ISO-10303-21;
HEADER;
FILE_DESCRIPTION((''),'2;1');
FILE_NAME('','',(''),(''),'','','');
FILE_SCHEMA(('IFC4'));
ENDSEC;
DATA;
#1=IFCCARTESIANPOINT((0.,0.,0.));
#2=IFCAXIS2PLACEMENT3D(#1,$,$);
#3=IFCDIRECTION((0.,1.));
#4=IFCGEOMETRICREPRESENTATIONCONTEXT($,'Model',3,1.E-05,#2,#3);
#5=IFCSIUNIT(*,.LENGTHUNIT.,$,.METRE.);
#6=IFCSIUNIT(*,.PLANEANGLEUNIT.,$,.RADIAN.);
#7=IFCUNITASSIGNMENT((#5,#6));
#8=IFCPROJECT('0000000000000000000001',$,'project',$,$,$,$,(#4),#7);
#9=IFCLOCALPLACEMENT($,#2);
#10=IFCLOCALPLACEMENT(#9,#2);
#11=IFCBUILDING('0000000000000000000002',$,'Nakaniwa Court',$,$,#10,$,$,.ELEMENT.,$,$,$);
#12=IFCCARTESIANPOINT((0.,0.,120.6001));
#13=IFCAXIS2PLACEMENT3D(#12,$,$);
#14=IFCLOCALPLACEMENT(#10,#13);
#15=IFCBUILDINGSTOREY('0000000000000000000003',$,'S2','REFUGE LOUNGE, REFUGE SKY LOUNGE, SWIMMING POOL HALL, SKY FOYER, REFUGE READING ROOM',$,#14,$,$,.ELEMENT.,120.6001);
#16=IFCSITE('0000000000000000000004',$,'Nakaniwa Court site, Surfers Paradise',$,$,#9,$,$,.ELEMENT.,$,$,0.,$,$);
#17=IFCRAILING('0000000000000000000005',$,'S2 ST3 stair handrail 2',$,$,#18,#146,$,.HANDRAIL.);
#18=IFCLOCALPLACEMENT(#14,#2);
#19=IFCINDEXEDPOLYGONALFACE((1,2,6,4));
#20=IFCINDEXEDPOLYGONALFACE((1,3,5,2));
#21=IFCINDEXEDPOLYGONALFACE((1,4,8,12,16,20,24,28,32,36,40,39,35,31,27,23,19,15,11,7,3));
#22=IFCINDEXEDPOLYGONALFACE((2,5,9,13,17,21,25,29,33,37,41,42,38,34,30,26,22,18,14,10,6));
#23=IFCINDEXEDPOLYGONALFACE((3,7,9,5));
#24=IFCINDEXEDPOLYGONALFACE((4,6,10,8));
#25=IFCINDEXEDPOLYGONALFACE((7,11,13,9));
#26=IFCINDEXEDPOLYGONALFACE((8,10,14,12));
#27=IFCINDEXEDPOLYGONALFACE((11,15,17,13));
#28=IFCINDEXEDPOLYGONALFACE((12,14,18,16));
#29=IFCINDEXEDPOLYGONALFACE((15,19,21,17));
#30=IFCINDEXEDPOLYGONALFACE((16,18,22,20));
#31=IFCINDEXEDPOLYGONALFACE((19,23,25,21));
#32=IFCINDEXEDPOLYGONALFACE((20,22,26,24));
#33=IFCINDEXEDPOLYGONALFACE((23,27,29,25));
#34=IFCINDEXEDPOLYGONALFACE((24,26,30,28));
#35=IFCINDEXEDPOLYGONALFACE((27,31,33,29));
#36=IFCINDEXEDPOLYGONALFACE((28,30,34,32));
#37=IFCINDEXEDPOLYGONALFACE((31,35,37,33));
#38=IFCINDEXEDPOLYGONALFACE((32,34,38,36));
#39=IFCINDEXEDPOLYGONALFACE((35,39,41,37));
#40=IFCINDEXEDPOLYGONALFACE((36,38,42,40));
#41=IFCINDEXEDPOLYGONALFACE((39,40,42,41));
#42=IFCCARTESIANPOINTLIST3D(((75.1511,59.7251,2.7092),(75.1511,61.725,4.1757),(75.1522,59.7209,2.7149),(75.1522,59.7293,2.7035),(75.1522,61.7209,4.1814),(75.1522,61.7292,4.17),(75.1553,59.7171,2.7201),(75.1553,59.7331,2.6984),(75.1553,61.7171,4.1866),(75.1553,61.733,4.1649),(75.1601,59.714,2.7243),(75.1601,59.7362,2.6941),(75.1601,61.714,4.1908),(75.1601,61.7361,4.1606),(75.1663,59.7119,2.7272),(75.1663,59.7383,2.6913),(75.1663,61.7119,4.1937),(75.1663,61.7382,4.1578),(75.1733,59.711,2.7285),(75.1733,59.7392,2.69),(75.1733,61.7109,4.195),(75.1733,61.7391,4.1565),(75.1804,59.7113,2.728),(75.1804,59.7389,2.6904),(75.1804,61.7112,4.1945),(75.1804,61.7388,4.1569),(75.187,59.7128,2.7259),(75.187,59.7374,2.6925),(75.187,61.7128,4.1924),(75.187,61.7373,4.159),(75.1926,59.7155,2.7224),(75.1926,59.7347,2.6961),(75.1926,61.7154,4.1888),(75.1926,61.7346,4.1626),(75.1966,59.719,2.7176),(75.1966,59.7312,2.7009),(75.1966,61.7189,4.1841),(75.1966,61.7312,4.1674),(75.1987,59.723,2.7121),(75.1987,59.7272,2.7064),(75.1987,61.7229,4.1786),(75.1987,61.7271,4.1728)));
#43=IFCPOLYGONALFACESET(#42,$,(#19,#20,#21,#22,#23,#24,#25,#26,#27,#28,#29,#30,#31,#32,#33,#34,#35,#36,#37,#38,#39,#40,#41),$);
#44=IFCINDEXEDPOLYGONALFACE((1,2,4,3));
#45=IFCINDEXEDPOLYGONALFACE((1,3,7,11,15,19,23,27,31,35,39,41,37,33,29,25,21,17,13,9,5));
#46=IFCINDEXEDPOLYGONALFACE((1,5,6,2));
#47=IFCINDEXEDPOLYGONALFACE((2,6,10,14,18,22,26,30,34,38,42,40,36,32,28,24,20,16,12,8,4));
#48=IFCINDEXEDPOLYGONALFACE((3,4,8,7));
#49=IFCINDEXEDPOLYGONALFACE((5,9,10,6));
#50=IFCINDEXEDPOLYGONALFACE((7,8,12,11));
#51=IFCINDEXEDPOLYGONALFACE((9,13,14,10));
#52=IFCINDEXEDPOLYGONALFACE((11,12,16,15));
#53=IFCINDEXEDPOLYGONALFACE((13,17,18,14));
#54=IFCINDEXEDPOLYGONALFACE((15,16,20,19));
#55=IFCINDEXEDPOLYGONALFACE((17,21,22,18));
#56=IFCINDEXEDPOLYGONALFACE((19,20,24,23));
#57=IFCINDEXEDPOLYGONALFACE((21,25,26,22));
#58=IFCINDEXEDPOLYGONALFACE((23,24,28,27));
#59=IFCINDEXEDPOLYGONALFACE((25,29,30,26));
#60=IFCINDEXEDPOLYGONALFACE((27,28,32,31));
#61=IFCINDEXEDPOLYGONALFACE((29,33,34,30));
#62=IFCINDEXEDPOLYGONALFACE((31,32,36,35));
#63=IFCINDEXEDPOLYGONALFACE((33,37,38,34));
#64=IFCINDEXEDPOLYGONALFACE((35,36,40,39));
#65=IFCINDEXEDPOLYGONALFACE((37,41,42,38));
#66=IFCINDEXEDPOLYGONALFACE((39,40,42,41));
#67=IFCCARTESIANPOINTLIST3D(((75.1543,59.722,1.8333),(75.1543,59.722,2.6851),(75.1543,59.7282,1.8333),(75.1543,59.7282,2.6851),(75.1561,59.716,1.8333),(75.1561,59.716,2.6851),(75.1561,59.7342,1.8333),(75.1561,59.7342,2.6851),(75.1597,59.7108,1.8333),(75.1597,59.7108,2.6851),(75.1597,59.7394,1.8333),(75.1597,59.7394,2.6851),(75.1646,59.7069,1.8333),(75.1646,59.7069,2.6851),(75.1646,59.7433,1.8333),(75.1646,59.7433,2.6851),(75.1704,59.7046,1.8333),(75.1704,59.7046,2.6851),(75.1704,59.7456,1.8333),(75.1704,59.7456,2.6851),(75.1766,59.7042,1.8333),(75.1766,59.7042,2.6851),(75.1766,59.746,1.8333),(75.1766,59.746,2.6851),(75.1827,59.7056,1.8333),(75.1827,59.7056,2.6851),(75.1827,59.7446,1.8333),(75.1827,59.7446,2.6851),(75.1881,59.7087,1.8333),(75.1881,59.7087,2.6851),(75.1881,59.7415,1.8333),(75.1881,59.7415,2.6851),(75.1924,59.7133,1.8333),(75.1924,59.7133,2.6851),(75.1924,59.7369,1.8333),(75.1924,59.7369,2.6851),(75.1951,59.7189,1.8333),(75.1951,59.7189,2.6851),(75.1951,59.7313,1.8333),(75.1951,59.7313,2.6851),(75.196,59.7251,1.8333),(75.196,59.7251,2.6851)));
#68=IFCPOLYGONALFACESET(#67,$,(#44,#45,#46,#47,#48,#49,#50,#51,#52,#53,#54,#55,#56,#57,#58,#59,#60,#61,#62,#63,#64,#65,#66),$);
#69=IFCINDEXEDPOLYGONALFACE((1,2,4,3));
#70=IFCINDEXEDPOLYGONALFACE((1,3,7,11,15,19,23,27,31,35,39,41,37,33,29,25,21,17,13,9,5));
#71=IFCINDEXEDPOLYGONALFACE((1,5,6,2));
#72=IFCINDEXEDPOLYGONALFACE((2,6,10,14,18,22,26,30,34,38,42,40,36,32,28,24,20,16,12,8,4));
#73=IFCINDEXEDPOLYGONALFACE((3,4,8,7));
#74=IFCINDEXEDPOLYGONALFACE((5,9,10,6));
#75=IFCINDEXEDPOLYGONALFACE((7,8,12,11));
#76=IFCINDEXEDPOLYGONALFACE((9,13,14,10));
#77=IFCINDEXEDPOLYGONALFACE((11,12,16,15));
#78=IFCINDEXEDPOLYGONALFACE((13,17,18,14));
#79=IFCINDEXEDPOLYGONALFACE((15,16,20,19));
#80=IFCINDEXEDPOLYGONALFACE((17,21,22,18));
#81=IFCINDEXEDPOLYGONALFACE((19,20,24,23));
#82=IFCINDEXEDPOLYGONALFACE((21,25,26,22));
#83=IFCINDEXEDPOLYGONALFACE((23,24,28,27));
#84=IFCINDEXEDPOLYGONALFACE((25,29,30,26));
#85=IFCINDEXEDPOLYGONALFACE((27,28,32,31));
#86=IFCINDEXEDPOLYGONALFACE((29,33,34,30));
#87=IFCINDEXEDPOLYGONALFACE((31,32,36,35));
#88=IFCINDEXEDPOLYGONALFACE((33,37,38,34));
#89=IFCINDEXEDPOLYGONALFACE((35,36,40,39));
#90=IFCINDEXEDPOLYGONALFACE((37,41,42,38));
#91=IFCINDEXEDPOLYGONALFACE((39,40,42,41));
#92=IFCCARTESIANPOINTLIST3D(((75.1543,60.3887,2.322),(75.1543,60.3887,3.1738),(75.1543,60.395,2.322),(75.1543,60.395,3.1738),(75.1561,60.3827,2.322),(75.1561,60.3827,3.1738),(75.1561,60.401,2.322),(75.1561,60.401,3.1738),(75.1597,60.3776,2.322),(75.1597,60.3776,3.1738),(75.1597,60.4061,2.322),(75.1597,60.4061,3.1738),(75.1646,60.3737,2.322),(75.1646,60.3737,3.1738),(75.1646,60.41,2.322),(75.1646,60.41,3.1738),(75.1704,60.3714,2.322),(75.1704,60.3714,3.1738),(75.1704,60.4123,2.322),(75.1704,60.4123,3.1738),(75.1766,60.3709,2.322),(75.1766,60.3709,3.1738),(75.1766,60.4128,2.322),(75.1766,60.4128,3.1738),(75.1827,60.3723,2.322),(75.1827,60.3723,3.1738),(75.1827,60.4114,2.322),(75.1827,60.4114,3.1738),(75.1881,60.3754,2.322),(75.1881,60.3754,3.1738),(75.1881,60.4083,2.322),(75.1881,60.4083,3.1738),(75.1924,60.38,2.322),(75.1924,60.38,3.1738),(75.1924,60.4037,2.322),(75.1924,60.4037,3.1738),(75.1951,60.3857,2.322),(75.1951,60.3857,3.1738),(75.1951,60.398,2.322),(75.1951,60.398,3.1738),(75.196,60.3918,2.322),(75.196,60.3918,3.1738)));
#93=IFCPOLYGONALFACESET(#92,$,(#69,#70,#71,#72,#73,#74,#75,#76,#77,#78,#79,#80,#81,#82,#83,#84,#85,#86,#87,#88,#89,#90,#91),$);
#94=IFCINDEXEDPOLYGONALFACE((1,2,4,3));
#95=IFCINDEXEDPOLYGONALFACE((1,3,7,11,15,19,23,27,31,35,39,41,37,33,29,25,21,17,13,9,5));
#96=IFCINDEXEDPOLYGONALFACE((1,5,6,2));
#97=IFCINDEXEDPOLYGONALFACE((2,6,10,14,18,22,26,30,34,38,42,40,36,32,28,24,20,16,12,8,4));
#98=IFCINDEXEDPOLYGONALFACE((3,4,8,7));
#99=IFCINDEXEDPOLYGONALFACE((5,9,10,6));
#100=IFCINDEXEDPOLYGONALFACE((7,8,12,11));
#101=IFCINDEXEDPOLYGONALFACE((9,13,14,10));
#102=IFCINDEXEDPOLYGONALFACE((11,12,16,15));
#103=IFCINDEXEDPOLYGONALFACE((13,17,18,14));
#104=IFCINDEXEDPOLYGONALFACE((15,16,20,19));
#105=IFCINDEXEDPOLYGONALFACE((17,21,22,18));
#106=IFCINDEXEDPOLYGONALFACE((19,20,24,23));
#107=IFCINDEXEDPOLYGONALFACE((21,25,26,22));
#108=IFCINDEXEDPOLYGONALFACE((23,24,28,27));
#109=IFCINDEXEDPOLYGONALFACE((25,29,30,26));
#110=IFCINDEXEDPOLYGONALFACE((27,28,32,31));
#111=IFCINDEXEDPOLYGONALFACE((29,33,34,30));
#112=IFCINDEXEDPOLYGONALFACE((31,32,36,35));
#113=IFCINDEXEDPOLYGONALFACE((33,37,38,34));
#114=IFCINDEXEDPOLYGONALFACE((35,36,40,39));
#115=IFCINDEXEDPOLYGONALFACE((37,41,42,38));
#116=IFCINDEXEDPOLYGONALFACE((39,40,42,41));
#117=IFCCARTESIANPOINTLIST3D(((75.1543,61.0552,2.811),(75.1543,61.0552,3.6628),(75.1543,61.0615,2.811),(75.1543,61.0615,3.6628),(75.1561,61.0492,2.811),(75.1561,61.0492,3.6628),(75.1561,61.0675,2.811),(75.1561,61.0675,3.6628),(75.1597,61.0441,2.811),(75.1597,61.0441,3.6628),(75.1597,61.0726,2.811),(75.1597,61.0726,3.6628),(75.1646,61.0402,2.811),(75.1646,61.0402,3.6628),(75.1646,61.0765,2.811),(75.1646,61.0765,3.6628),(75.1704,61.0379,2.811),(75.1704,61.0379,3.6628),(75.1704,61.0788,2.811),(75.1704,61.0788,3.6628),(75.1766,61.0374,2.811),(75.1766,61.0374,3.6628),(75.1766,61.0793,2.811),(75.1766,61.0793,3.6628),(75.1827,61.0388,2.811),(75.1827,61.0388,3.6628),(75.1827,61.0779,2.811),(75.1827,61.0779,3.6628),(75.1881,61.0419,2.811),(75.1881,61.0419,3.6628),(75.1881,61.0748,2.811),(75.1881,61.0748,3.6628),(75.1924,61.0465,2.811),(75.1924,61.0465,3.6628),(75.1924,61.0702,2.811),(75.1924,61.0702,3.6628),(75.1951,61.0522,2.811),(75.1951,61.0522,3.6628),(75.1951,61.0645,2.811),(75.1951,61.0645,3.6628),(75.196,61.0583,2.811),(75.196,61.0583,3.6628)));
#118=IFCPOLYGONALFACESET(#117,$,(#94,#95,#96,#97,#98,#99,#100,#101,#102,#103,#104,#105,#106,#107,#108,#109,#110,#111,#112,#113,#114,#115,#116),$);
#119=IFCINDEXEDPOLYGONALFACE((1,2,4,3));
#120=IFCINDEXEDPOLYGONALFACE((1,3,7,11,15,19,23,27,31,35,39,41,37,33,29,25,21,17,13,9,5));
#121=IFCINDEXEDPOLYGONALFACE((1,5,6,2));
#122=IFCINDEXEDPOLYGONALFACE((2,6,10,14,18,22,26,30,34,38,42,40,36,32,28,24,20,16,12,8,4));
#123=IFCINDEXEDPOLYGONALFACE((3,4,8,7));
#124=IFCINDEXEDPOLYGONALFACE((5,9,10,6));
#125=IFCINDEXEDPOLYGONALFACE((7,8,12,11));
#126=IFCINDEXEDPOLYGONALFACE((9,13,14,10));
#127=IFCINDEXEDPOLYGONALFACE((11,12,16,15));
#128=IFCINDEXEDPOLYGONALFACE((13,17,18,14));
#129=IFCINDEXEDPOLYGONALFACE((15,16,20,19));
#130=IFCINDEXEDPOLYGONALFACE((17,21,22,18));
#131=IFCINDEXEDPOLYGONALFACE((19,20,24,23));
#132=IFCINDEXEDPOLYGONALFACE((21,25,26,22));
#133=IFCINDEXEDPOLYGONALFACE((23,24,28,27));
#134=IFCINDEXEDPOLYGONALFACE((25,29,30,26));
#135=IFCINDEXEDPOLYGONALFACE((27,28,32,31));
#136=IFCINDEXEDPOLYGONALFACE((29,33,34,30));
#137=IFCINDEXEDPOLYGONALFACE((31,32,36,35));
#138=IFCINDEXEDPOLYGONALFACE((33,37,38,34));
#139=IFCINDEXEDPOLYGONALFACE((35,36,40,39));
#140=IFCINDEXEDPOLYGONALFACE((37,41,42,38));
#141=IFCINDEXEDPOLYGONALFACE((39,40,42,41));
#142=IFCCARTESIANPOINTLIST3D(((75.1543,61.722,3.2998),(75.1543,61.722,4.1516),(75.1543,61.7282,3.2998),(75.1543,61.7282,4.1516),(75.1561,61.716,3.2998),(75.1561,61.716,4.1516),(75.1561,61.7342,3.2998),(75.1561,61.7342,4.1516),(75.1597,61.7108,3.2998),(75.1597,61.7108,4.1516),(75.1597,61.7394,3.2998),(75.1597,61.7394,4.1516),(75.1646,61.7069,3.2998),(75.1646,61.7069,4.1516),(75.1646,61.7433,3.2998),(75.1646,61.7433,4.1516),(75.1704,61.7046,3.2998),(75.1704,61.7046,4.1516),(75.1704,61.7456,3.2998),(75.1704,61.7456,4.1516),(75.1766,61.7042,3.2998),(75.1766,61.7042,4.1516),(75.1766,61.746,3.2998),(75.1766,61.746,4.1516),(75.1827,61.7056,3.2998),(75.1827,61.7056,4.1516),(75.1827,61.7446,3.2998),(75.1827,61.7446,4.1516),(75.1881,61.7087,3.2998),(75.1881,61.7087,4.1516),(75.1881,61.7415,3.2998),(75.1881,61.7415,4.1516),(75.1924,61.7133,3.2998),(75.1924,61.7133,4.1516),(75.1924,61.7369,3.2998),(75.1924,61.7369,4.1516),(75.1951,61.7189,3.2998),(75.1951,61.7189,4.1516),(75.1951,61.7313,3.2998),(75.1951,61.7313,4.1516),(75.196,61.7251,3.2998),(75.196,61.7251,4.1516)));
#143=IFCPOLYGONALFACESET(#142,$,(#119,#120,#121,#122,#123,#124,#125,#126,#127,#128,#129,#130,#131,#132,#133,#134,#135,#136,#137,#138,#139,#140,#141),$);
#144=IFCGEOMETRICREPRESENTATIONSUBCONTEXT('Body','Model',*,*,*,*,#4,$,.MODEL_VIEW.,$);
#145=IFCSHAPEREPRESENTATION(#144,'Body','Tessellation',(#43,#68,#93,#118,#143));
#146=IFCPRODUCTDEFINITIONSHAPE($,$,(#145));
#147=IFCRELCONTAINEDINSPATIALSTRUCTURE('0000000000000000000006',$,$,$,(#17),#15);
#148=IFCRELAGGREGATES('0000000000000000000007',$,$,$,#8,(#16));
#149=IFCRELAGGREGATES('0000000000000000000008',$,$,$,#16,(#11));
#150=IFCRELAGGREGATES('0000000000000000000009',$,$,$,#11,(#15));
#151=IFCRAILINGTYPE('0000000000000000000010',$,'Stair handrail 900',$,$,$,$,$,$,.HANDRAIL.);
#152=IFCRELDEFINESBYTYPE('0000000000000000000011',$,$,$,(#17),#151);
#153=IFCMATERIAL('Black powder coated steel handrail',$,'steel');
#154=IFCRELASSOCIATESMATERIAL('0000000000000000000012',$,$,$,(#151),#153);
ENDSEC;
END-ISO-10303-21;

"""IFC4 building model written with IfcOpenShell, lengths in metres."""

from ifc_helpers import new_model, si_unit, direction, frame, origin, origin_2d, place, context, subcontext, project, spatial, circle, extrude, material, type_object, element, save


model = new_model("IFC4")

# Units and contexts
model_context = context("Model", 3, precision=1e-05, world=origin(), true_north=direction((0.0, 1.0)))
body_context = subcontext(model_context, "Body", "Model", "MODEL_VIEW")
ifc_project = project(units=[si_unit("LENGTHUNIT", "METRE"), si_unit("PLANEANGLEUNIT", "RADIAN")], contexts=[model_context])

# Site, building, storey
site_placement = place(None, origin())
site = spatial("IfcSite", under=ifc_project, at=site_placement, Name="Nakaniwa Court site, Surfers Paradise", CompositionType="ELEMENT", RefElevation=0.0)
building_placement = place(site_placement, origin())
building = spatial("IfcBuilding", under=site, at=building_placement, Name="Nakaniwa Court", CompositionType="ELEMENT")
storey_placement = place(building_placement, frame((0.0, 0.0, 120.6001)))
storey = spatial("IfcBuildingStorey", under=building, at=storey_placement, Name="S2", Description="REFUGE LOUNGE, REFUGE SKY LOUNGE, SWIMMING POOL HALL, SKY FOYER, REFUGE READING ROOM", CompositionType="ELEMENT", Elevation=120.6001)

# Railing
ifc_material_1 = material(Name="Black powder coated steel handrail", Category="steel")
railing_type_1 = type_object("IfcRailingType", Name="Stair handrail 900", PredefinedType="HANDRAIL", material=ifc_material_1)
for number, where, name in (
    (1, (75.175, 59.7251, 1.8333), "S2 ST3 stair handrail 2"),
):
    element("IfcRailing", number, at=place(storey_placement, frame(where)), inside=storey, type_object=railing_type_1, Name=name, PredefinedType="HANDRAIL", context=body_context, shape_type="SweptSolid", body=[
        extrude(circle(Radius=0.0239, at=origin_2d()), frame((0.0, 0.0, 0.876), z_axis=(0.0, 0.806427, 0.591334), x_axis=(-1.0, 0.0, 0.0)), (0.0, 0.0, 1.0), 2.48),
        extrude(circle(Radius=0.021, at=origin_2d()), origin(), (0.0, 0.0, 1.0), 0.8518),
        extrude(circle(Radius=0.021, at=origin_2d()), frame((0.0, 0.6667, 0.4888)), (0.0, 0.0, 1.0), 0.8518),
        extrude(circle(Radius=0.021, at=origin_2d()), frame((0.0, 1.3333, 0.9778)), (0.0, 0.0, 1.0), 0.8518),
        extrude(circle(Radius=0.021, at=origin_2d()), frame((0.0, 2.0, 1.4666)), (0.0, 0.0, 1.0), 0.8518),
    ])

save(model, "model.ifc")
